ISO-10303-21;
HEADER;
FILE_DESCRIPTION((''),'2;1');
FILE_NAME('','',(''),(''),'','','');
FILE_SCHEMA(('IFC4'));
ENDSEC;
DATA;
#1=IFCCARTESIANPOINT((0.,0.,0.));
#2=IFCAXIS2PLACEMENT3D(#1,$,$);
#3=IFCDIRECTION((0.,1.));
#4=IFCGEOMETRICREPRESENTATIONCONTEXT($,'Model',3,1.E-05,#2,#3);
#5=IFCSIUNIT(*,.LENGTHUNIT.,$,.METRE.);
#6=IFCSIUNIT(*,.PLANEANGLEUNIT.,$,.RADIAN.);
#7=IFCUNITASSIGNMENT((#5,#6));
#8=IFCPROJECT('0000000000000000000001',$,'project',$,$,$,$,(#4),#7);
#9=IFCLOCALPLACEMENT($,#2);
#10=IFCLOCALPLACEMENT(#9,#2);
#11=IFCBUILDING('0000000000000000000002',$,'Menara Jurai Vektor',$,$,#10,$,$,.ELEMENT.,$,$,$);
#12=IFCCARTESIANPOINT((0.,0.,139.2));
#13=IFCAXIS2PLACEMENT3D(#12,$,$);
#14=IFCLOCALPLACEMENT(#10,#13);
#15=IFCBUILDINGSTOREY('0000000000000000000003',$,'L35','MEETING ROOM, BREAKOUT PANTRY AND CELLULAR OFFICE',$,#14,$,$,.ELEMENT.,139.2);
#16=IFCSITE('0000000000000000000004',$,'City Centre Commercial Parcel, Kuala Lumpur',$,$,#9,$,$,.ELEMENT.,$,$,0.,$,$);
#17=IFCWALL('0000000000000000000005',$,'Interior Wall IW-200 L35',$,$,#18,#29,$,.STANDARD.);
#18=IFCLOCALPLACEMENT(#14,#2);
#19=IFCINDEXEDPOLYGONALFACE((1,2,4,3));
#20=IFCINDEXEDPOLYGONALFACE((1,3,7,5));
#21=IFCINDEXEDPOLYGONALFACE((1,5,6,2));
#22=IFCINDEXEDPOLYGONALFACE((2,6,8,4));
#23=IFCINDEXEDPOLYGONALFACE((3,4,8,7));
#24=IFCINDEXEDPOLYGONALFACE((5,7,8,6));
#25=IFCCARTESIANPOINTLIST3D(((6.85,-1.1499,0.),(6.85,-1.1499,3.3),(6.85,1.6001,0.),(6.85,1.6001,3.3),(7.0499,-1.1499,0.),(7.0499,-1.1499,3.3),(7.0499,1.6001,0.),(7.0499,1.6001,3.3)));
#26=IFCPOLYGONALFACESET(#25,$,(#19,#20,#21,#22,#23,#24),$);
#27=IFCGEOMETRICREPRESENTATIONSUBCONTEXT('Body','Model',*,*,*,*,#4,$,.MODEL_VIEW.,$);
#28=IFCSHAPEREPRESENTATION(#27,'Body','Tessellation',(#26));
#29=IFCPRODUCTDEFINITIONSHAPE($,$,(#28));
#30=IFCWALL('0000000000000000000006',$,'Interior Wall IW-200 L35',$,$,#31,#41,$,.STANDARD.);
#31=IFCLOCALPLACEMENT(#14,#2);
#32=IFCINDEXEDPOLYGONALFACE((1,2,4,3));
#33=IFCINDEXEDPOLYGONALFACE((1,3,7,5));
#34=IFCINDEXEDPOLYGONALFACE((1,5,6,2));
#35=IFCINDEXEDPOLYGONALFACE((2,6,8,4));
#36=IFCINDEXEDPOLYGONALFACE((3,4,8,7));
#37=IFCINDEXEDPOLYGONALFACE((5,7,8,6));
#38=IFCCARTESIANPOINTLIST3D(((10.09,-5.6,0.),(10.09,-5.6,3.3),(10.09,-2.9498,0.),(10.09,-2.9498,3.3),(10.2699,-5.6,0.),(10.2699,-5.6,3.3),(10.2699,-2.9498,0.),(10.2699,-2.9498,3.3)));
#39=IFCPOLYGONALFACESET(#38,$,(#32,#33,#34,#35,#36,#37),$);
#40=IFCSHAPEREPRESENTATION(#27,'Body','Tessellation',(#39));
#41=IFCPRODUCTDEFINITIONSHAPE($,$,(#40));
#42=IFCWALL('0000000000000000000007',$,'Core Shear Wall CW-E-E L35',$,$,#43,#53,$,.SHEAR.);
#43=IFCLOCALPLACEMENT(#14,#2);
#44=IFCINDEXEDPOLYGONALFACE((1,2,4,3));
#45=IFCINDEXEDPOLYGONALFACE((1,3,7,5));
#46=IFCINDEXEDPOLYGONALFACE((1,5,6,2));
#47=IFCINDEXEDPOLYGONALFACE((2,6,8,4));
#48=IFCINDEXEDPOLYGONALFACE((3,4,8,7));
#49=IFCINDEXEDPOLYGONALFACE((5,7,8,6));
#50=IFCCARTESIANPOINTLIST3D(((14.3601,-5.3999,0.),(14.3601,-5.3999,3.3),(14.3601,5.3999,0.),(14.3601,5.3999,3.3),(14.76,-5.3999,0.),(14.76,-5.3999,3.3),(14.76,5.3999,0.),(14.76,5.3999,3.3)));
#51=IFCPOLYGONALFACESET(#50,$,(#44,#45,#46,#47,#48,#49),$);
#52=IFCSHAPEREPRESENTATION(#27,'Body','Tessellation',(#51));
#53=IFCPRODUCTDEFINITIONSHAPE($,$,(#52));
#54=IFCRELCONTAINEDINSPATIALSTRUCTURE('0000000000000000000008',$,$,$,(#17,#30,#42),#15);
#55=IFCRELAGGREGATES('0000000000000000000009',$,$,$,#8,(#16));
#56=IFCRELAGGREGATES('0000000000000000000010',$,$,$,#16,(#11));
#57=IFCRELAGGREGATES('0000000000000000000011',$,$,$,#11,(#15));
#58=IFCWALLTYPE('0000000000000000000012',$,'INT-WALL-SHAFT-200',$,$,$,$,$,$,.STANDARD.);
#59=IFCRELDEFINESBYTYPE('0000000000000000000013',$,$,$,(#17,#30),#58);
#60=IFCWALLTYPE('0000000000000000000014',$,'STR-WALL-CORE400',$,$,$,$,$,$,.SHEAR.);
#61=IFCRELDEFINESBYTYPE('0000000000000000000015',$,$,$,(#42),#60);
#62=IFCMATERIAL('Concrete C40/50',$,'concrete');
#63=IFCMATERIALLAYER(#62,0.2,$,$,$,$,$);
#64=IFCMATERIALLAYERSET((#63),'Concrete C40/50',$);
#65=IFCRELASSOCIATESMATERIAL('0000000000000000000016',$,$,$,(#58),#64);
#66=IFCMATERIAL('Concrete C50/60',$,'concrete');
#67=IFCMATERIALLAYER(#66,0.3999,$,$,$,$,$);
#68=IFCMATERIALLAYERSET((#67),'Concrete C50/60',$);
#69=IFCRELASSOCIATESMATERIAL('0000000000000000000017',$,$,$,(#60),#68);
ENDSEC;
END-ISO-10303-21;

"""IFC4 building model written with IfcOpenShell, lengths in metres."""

from ifc_helpers import new_model, si_unit, direction, frame, frame_2d, origin, place, context, subcontext, project, spatial, rectangle, extrude, material, layer, layer_set, type_object, element, save


model = new_model("IFC4")

# Units and contexts
model_context = context("Model", 3, precision=1e-05, world=origin(), true_north=direction((0.0, 1.0)))
body_context = subcontext(model_context, "Body", "Model", "MODEL_VIEW")
ifc_project = project(units=[si_unit("LENGTHUNIT", "METRE"), si_unit("PLANEANGLEUNIT", "RADIAN")], contexts=[model_context])

# Site, building, storey
site_placement = place(None, origin())
site = spatial("IfcSite", under=ifc_project, at=site_placement, Name="City Centre Commercial Parcel, Kuala Lumpur", CompositionType="ELEMENT", RefElevation=0.0)
building_placement = place(site_placement, origin())
building = spatial("IfcBuilding", under=site, at=building_placement, Name="Menara Jurai Vektor", CompositionType="ELEMENT")
storey_placement = place(building_placement, frame((0.0, 0.0, 139.2)))
storey = spatial("IfcBuildingStorey", under=building, at=storey_placement, Name="L35", Description="MEETING ROOM, BREAKOUT PANTRY AND CELLULAR OFFICE", CompositionType="ELEMENT", Elevation=139.2)

# Shared definitions
ifc_material_1 = material(Name="Concrete C50/60", Category="concrete")

# Shared definitions
ifc_material_2 = material(Name="Concrete C40/50", Category="concrete")

# Wall
ifc_layer_1 = layer(ifc_material_2, 0.2)
ifc_layer_set_1 = layer_set([ifc_layer_1], Name="Concrete C40/50")
wall_type_1 = type_object("IfcWallType", Name="INT-WALL-SHAFT-200", PredefinedType="STANDARD", material=ifc_layer_set_1)
wall_1_placement = place(storey_placement, frame((6.95, -1.1499, 0.0), z_axis=(0.0, 0.0, 1.0), x_axis=(0.0, 1.0, 0.0)))
element("IfcWall", 1, at=wall_1_placement, inside=storey, type_object=wall_type_1, Name="Interior Wall IW-200 L35", PredefinedType="STANDARD", context=body_context, shape_type="SweptSolid", body=[
    extrude(rectangle(XDim=2.75, YDim=0.2, at=frame_2d((1.375, 0.0))), origin(), (0.0, 0.0, 1.0), 3.3),
])

# Walls
wall_2_placement = place(storey_placement, frame((10.1799, -5.6001, 0.0), z_axis=(0.0, 0.0, 1.0), x_axis=(0.0, 1.0, 0.0)))
element("IfcWall", 2, at=wall_2_placement, inside=storey, type_object=wall_type_1, Name="Interior Wall IW-200 L35", PredefinedType="STANDARD", context=body_context, shape_type="SweptSolid", body=[
    extrude(rectangle(XDim=2.6501, YDim=0.1799, at=frame_2d((1.3252, 0.0))), origin(), (0.0, 0.0, 1.0), 3.3),
])
ifc_layer_2 = layer(ifc_material_1, 0.3999)
ifc_layer_set_2 = layer_set([ifc_layer_2], Name="Concrete C50/60")
wall_type_2 = type_object("IfcWallType", Name="STR-WALL-CORE400", PredefinedType="SHEAR", material=ifc_layer_set_2)
wall_3_placement = place(storey_placement, frame((14.5601, -5.3999, 0.0), z_axis=(0.0, 0.0, 1.0), x_axis=(0.0, 1.0, 0.0)))
element("IfcWall", 3, at=wall_3_placement, inside=storey, type_object=wall_type_2, Name="Core Shear Wall CW-E-E L35", PredefinedType="SHEAR", context=body_context, shape_type="SweptSolid", body=[
    extrude(rectangle(XDim=10.7998, YDim=0.3999, at=frame_2d((5.3999, 0.0))), origin(), (0.0, 0.0, 1.0), 3.3),
])

save(model, "model.ifc")
